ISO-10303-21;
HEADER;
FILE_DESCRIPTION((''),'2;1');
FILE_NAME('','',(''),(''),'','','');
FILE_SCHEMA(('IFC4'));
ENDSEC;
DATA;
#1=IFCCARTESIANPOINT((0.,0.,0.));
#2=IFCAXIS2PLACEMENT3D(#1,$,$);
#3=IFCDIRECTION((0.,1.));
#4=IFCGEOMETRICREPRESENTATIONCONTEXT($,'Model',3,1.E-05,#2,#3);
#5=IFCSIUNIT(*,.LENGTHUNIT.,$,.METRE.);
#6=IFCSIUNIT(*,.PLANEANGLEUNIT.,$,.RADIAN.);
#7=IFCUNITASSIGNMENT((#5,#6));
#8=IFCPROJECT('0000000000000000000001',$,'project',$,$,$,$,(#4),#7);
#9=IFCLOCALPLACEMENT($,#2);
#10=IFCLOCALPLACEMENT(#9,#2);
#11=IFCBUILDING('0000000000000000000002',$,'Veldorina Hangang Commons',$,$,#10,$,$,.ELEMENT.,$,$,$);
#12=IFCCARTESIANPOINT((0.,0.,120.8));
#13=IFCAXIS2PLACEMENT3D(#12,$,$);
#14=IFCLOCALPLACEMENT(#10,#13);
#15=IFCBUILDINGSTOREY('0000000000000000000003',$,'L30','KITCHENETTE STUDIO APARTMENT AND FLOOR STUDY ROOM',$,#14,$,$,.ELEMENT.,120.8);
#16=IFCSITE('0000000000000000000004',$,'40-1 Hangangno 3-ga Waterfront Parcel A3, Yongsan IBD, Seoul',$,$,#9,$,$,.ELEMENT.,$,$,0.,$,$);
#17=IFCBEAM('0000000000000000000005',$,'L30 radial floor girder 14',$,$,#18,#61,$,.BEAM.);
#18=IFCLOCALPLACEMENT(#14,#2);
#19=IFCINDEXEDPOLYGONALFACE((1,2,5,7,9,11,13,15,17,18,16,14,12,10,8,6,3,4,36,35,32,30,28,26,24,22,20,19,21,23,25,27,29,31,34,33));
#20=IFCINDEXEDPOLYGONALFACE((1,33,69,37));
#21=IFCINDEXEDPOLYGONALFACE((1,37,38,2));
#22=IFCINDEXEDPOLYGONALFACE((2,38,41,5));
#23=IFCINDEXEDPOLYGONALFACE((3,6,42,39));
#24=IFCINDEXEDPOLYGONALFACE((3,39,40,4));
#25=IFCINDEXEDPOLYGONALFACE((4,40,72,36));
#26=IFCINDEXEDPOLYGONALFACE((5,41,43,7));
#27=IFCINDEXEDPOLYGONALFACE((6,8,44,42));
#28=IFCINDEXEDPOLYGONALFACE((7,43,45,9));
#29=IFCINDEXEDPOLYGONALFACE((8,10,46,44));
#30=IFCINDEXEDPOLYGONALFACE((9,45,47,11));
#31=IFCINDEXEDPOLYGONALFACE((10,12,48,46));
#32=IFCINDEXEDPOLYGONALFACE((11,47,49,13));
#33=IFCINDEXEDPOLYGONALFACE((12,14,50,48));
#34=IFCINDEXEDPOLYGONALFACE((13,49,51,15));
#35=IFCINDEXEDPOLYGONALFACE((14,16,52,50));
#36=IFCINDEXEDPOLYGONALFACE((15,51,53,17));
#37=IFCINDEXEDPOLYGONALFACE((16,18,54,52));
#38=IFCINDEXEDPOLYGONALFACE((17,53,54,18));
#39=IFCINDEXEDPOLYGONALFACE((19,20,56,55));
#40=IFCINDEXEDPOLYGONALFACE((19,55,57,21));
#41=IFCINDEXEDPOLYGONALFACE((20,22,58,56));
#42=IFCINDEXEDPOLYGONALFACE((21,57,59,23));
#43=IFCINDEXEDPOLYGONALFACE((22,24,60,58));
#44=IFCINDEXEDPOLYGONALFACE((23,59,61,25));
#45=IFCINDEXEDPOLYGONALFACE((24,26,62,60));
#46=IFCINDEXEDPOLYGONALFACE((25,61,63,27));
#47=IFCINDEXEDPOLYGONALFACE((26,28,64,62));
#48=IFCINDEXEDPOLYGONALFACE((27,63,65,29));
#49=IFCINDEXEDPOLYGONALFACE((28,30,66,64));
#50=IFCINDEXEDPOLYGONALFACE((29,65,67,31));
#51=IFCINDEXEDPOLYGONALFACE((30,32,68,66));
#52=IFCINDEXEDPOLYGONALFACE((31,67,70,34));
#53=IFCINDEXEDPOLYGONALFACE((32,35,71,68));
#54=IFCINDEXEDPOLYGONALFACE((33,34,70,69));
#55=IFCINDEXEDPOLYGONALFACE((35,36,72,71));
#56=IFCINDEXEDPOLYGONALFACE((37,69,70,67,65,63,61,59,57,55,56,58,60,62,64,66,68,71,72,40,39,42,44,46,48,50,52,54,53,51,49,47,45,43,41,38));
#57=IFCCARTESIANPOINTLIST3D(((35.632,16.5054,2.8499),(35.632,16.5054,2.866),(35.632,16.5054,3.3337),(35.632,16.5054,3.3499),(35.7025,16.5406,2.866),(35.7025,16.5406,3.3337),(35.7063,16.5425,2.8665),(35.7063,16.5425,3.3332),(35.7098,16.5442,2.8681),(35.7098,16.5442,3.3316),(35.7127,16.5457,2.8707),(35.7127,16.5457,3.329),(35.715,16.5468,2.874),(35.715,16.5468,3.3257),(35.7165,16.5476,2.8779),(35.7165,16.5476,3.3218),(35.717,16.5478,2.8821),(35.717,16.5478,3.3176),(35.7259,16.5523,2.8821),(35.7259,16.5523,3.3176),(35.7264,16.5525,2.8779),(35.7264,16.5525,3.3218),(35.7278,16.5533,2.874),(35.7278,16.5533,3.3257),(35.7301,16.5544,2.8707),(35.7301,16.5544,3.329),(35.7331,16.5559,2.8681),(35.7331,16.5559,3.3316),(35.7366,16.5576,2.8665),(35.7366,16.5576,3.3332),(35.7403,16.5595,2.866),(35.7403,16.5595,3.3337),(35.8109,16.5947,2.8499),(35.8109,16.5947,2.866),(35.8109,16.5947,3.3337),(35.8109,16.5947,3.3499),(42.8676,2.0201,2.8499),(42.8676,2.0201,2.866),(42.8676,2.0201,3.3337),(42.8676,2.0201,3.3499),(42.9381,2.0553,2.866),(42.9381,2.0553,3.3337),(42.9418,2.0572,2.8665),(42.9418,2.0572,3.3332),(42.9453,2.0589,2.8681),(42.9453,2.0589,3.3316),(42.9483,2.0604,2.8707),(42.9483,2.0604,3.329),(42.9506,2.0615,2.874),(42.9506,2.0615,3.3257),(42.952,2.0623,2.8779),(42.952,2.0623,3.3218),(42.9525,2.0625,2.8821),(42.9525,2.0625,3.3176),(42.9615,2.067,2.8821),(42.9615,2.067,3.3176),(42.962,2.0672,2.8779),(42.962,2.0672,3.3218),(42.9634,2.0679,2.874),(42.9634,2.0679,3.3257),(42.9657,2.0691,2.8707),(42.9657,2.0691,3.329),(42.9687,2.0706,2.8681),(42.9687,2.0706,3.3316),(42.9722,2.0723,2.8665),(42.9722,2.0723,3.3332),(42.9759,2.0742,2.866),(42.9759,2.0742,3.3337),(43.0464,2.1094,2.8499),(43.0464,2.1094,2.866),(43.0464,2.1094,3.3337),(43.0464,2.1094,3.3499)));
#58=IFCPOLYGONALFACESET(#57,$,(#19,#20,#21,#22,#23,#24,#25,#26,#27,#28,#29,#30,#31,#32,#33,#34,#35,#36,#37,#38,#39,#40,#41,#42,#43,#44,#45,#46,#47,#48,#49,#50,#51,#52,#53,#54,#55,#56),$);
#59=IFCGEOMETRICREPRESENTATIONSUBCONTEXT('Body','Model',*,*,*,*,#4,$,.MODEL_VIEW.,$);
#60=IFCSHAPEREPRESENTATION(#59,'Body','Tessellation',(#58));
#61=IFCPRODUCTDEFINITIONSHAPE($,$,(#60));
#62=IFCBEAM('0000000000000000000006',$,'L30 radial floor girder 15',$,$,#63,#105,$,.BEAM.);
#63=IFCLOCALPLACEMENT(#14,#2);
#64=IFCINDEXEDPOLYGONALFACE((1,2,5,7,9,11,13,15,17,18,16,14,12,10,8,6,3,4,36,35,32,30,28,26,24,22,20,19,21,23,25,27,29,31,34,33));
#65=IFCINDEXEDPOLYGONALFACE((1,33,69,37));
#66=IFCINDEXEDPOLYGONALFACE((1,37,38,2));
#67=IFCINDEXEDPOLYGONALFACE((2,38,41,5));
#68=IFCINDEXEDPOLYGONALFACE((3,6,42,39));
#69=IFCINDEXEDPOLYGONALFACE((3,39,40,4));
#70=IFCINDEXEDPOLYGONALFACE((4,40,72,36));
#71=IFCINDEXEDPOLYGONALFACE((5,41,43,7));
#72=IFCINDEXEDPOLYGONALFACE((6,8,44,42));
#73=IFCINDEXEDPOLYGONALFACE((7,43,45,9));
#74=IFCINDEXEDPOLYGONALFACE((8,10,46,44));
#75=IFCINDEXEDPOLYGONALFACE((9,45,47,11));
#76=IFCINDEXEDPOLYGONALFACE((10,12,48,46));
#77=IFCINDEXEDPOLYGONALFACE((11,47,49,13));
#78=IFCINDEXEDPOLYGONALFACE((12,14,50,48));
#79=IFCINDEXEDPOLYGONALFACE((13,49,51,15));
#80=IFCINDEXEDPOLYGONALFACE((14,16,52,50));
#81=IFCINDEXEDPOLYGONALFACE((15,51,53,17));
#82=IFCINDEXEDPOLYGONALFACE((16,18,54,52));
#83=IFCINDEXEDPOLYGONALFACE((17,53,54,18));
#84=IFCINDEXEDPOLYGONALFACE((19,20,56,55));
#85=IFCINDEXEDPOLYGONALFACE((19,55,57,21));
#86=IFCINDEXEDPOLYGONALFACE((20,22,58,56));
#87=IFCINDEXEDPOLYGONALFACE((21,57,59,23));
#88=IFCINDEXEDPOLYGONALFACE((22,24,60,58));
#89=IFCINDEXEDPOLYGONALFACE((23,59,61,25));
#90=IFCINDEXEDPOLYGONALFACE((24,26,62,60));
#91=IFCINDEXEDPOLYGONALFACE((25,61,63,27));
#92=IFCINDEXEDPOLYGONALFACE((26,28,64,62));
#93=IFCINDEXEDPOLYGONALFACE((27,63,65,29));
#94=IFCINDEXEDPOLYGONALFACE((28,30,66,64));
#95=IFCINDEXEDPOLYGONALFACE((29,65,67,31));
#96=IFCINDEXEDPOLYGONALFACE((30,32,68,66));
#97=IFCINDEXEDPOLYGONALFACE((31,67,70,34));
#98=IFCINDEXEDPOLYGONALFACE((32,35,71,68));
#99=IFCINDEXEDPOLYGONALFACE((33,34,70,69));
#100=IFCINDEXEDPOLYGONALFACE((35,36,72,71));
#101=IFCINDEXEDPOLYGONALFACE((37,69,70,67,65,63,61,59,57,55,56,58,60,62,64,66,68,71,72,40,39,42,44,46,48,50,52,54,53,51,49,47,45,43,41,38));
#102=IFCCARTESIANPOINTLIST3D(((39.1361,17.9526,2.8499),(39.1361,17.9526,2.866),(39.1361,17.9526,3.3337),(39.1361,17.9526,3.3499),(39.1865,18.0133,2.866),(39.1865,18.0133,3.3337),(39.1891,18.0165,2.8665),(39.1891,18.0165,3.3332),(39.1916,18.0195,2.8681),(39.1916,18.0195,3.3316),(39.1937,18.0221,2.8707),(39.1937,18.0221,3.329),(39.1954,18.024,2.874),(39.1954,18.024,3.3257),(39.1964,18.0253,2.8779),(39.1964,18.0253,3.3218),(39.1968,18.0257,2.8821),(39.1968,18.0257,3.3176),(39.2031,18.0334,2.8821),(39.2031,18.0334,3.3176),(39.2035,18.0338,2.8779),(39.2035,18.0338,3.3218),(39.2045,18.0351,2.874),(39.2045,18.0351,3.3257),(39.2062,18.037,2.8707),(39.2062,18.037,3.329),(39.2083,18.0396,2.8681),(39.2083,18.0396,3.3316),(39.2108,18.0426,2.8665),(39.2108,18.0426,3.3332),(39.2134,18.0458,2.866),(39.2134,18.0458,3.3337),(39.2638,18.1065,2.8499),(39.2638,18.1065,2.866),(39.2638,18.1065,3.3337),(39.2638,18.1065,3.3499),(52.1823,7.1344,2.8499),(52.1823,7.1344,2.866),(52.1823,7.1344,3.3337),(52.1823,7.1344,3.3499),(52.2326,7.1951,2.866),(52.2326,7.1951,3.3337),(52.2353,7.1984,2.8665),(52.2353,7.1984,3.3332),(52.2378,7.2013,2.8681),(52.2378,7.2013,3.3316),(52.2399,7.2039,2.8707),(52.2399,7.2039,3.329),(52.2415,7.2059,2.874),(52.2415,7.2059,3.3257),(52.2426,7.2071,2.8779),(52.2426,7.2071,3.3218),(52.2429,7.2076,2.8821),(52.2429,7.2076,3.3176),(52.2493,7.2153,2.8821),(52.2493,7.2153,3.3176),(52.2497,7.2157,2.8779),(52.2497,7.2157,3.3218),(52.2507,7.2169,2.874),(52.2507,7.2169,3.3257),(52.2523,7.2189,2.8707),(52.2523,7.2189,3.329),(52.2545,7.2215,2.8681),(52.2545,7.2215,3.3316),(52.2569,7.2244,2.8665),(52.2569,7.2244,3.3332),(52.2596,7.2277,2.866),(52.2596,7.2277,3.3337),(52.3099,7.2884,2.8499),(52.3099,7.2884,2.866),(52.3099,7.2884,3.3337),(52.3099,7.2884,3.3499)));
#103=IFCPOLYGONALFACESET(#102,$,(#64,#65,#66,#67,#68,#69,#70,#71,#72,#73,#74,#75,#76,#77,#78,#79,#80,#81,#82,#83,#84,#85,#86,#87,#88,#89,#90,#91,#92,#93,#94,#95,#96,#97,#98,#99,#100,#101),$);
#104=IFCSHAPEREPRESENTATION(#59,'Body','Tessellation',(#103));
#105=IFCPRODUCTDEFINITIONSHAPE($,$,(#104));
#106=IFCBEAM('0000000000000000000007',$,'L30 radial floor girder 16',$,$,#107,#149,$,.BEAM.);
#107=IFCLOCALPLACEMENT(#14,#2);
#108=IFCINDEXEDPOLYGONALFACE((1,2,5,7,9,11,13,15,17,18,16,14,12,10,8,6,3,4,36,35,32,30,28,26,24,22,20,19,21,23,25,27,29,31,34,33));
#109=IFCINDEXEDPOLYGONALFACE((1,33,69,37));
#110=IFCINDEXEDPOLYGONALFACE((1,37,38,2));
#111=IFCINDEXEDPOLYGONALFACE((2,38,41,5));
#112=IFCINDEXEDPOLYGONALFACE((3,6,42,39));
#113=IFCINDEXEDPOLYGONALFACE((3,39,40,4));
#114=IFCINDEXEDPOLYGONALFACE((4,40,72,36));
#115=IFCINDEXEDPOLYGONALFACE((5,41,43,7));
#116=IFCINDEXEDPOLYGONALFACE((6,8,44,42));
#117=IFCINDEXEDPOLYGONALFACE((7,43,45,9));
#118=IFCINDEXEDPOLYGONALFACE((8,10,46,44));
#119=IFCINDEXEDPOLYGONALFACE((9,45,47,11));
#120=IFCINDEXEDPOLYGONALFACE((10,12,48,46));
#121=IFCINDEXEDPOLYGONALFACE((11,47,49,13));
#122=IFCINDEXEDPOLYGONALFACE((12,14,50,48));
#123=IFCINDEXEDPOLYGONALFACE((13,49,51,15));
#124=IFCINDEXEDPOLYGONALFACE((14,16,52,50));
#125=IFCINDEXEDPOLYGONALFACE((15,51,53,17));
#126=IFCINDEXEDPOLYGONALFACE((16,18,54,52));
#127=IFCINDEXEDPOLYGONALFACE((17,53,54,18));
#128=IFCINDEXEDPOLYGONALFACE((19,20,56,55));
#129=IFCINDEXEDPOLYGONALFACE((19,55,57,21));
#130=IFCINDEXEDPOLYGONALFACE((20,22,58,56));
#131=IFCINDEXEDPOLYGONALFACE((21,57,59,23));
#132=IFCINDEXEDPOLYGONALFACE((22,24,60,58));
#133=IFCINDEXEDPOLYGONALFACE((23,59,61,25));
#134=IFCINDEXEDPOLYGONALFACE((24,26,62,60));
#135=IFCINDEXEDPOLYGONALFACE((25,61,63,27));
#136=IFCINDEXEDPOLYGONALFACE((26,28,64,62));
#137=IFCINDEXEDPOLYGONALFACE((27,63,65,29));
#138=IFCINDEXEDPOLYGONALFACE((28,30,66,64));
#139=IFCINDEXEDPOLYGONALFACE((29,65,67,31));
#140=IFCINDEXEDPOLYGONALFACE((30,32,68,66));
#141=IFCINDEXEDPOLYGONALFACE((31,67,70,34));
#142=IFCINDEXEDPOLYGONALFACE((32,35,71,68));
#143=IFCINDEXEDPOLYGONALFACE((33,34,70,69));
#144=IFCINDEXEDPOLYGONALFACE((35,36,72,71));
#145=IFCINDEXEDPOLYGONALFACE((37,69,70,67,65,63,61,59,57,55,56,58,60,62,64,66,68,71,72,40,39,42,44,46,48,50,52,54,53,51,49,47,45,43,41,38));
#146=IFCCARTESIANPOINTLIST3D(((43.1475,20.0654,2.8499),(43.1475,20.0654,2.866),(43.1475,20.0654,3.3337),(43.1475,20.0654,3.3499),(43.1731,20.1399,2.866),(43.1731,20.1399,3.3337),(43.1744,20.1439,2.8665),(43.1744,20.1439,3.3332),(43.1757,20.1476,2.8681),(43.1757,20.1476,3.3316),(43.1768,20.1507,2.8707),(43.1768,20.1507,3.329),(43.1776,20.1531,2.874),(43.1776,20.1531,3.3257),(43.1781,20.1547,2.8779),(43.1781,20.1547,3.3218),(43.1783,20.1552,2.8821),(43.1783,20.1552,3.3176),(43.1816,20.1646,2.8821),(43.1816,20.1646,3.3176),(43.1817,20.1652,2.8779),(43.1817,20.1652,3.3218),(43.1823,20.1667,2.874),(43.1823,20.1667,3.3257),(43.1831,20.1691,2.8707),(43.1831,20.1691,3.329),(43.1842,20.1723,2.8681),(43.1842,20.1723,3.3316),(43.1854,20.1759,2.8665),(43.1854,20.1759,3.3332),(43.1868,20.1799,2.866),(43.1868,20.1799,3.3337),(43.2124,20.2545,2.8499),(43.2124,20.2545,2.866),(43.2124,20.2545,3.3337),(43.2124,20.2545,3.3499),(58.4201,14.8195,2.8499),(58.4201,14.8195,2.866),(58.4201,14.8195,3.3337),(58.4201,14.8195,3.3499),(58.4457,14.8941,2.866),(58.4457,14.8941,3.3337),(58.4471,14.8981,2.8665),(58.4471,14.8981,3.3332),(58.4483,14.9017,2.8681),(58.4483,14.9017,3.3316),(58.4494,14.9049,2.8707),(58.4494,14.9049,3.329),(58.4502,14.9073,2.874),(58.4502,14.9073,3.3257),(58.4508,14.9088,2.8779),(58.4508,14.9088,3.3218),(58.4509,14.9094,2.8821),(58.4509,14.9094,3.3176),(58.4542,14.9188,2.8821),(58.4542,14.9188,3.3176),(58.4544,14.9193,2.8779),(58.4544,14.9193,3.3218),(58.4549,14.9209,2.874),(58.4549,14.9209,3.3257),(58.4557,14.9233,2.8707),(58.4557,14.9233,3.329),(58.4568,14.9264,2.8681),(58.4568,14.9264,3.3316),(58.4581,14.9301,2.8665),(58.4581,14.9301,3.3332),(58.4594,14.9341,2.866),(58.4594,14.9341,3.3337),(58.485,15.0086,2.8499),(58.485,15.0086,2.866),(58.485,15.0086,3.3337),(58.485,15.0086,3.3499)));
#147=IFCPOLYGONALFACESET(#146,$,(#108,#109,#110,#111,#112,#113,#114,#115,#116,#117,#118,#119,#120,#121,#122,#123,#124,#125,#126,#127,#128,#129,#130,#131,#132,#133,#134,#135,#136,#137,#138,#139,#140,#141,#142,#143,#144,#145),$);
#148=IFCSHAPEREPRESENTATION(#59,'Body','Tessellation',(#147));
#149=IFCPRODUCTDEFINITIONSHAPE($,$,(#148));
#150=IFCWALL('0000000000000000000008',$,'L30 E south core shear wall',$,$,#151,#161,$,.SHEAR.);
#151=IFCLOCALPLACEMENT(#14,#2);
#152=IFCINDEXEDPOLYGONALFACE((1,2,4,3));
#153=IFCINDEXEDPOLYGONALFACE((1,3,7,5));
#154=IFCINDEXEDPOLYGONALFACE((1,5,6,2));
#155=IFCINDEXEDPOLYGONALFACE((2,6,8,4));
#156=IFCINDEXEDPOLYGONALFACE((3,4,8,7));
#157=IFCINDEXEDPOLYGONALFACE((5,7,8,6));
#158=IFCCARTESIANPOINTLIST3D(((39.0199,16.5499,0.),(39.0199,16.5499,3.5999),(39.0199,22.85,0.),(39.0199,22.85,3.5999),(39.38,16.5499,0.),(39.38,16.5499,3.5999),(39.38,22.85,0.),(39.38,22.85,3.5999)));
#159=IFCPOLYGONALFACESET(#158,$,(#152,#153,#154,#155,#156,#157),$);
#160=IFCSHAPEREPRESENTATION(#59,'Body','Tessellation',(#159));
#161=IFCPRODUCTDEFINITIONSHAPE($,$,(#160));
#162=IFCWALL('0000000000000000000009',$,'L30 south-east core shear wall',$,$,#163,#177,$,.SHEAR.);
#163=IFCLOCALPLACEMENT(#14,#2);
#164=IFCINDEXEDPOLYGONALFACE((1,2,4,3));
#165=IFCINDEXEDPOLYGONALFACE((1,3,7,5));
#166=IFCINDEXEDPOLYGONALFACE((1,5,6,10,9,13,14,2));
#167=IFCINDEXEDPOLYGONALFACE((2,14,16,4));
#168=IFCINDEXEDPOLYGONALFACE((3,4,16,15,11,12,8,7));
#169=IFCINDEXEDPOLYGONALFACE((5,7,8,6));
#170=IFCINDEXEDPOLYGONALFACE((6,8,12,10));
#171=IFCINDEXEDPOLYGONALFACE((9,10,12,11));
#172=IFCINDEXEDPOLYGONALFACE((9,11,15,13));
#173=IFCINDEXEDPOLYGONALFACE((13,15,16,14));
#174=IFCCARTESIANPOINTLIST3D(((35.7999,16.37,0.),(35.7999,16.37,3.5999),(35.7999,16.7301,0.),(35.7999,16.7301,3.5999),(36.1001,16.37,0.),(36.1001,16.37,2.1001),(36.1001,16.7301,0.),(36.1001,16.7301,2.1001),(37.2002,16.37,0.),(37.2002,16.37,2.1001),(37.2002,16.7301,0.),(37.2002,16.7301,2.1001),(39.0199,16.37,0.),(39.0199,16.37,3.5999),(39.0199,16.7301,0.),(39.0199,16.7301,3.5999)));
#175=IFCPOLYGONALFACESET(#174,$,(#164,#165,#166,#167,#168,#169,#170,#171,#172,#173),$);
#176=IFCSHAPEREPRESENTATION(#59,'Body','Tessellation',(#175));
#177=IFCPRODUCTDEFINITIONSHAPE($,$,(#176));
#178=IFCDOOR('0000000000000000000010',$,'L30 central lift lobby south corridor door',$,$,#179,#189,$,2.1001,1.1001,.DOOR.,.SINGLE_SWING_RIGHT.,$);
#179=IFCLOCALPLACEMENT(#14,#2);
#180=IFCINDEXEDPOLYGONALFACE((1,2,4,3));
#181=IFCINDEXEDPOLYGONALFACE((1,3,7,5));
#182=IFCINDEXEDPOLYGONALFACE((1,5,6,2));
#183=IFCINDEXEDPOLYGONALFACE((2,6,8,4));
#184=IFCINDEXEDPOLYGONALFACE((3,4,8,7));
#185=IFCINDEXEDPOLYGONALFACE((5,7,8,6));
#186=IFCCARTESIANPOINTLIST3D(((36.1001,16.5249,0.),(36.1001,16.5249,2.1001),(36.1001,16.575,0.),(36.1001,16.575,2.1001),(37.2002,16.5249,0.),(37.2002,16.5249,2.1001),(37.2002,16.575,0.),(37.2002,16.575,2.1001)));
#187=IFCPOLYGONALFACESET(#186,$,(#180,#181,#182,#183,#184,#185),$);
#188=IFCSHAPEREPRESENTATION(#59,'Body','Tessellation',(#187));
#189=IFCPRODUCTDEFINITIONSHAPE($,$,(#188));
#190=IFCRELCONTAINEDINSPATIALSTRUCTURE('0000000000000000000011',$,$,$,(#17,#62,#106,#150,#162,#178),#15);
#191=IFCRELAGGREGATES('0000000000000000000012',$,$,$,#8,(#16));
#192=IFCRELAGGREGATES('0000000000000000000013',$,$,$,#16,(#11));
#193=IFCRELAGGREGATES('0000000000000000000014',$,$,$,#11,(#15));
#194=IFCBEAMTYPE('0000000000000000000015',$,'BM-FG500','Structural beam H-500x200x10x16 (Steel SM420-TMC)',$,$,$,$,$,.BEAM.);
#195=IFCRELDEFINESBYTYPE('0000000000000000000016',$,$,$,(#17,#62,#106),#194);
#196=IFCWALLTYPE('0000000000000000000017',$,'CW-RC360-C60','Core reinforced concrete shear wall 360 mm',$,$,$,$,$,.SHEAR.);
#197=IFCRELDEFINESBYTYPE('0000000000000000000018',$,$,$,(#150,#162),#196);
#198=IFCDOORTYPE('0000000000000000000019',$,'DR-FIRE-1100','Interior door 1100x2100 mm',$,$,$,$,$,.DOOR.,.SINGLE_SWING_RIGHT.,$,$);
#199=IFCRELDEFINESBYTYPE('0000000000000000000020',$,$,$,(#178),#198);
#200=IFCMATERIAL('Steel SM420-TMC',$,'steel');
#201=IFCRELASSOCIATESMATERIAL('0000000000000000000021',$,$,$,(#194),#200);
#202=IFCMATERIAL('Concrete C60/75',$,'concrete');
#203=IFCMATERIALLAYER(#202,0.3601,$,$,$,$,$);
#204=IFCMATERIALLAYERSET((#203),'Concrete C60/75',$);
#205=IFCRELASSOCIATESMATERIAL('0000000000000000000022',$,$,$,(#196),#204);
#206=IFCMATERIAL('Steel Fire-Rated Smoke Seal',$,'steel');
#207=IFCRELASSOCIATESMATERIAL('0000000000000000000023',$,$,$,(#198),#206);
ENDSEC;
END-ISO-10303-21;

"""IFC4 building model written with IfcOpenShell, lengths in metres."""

from ifc_helpers import new_model, si_unit, direction, frame, frame_2d, origin, origin_2d, place, context, subcontext, project, spatial, rectangle, i_section, extrude, material, layer, layer_set, material_profile, profile_set, type_object, element, fill, save


model = new_model("IFC4")

# Units and contexts
model_context = context("Model", 3, precision=1e-05, world=origin(), true_north=direction((0.0, 1.0)))
body_context = subcontext(model_context, "Body", "Model", "MODEL_VIEW")
ifc_project = project(units=[si_unit("LENGTHUNIT", "METRE"), si_unit("PLANEANGLEUNIT", "RADIAN")], contexts=[model_context])

# Site, building, storey
site_placement = place(None, origin())
site = spatial("IfcSite", under=ifc_project, at=site_placement, Name="40-1 Hangangno 3-ga Waterfront Parcel A3, Yongsan IBD, Seoul", CompositionType="ELEMENT", RefElevation=0.0)
building_placement = place(site_placement, origin())
building = spatial("IfcBuilding", under=site, at=building_placement, Name="Veldorina Hangang Commons", CompositionType="ELEMENT")
storey_placement = place(building_placement, frame((0.0, 0.0, 120.8)))
storey = spatial("IfcBuildingStorey", under=building, at=storey_placement, Name="L30", Description="KITCHENETTE STUDIO APARTMENT AND FLOOR STUDY ROOM", CompositionType="ELEMENT", Elevation=120.8)

# Beams
ifc_material_1 = material(Name="Steel SM420-TMC", Category="steel")
ifc_material_profile = material_profile(ifc_material_1, i_section(OverallWidth=0.2, OverallDepth=0.5, WebThickness=0.01, FlangeThickness=0.0161, FilletRadius=0.0161, at=origin_2d()), Name="H-500x200x10x16")
ifc_profile_set = profile_set([ifc_material_profile], Name="Steel SM420-TMC")
beam_type = type_object("IfcBeamType", Name="BM-FG500", Description="Structural beam H-500x200x10x16 (Steel SM420-TMC)", PredefinedType="BEAM", material=ifc_profile_set)
beam_1_placement = place(storey_placement, frame((35.7214, 16.55, 3.0999), z_axis=(0.446864, -0.894602, 0.0), x_axis=(0.894602, 0.446864, 0.0)))
element("IfcBeam", 1, at=beam_1_placement, inside=storey, type_object=beam_type, Name="L30 radial floor girder 14", PredefinedType="BEAM", context=body_context, shape_type="SweptSolid", body=[
    extrude(i_section(OverallWidth=0.2, OverallDepth=0.5, WebThickness=0.01, FlangeThickness=0.0161, FilletRadius=0.0161, at=origin_2d()), origin(), (0.0, 0.0, 1.0), 16.1919),
])
beam_2_placement = place(storey_placement, frame((39.2, 18.0295, 3.0999), z_axis=(0.769776, -0.638314, 0.0), x_axis=(0.638314, 0.769776, 0.0)))
element("IfcBeam", 2, at=beam_2_placement, inside=storey, type_object=beam_type, Name="L30 radial floor girder 15", PredefinedType="BEAM", context=body_context, shape_type="SweptSolid", body=[
    extrude(i_section(OverallWidth=0.2, OverallDepth=0.5, WebThickness=0.01, FlangeThickness=0.0161, FilletRadius=0.0161, at=origin_2d()), origin(), (0.0, 0.0, 1.0), 16.948),
])
beam_3_placement = place(storey_placement, frame((43.1799, 20.1599, 3.0999), z_axis=(0.945765, -0.32485, 0.0), x_axis=(0.32485, 0.945765, 0.0)))
element("IfcBeam", 3, at=beam_3_placement, inside=storey, type_object=beam_type, Name="L30 radial floor girder 16", PredefinedType="BEAM", context=body_context, shape_type="SweptSolid", body=[
    extrude(i_section(OverallWidth=0.2, OverallDepth=0.5, WebThickness=0.01, FlangeThickness=0.0161, FilletRadius=0.0161, at=origin_2d()), origin(), (0.0, 0.0, 1.0), 16.1484),
])

# Wall
ifc_material_2 = material(Name="Concrete C60/75", Category="concrete")
ifc_layer_1 = layer(ifc_material_2, 0.3601)
ifc_layer_set_1 = layer_set([ifc_layer_1], Name="Concrete C60/75")
wall_type_1 = type_object("IfcWallType", Name="CW-RC360-C60", Description="Core reinforced concrete shear wall 360 mm", PredefinedType="SHEAR", material=ifc_layer_set_1)
wall_1_placement = place(storey_placement, frame((39.2, 16.55, 0.0), z_axis=(0.0, 0.0, 1.0), x_axis=(0.0, 1.0, 0.0)))
element("IfcWall", 4, at=wall_1_placement, inside=storey, type_object=wall_type_1, Name="L30 E south core shear wall", PredefinedType="SHEAR", context=body_context, shape_type="SweptSolid", body=[
    extrude(rectangle(XDim=6.3, YDim=0.3601, at=frame_2d((3.1499, 0.0))), origin(), (0.0, 0.0, 1.0), 3.5999),
])

# Wall, opening, door
wall_2_placement = place(storey_placement, frame((35.8, 16.55, 0.0), z_axis=(0.0, 0.0, 1.0), x_axis=(1.0, 0.0, 0.0)))
wall_2 = element("IfcWall", 5, at=wall_2_placement, inside=storey, type_object=wall_type_1, Name="L30 south-east core shear wall", PredefinedType="SHEAR", context=body_context, shape_type="SweptSolid", body=[
    extrude(rectangle(XDim=3.22, YDim=0.3601, at=frame_2d((1.6099, 0.0))), origin(), (0.0, 0.0, 1.0), 3.5999),
])
opening_1_placement = place(wall_2_placement, frame((0.3, 0.0, 0.0)))
opening_1 = element("IfcOpeningElement", 6, at=opening_1_placement, cuts=wall_2, PredefinedType="OPENING", context=body_context, shape_type="SweptSolid", body=[
    extrude(rectangle(XDim=1.1001, YDim=2.1001, at=frame_2d((0.55, 1.05))), frame((0.0, 0.1899, 0.0), z_axis=(0.0, -1.0, 0.0), x_axis=(1.0, 0.0, 0.0)), (0.0, 0.0, 1.0), 0.3801),
])
ifc_material_3 = material(Name="Steel Fire-Rated Smoke Seal", Category="steel")
door_type_1 = type_object("IfcDoorType", Name="DR-FIRE-1100", Description="Interior door 1100x2100 mm", OperationType="SINGLE_SWING_RIGHT", PredefinedType="DOOR", material=ifc_material_3)
door_1_placement = place(opening_1_placement, origin())
door_1 = element("IfcDoor", 7, at=door_1_placement, inside=storey, type_object=door_type_1, Name="L30 central lift lobby south corridor door", OperationType="SINGLE_SWING_RIGHT", OverallHeight=2.1001, OverallWidth=1.1001, PredefinedType="DOOR", context=body_context, shape_type="SweptSolid", body=[
    extrude(rectangle(XDim=1.1001, YDim=2.1001, at=frame_2d((0.55, 1.05))), frame((0.0, 0.0249, 0.0), z_axis=(0.0, -1.0, 0.0), x_axis=(1.0, 0.0, 0.0)), (0.0, 0.0, 1.0), 0.05),
])
fill(opening_1, door_1)

save(model, "model.ifc")
